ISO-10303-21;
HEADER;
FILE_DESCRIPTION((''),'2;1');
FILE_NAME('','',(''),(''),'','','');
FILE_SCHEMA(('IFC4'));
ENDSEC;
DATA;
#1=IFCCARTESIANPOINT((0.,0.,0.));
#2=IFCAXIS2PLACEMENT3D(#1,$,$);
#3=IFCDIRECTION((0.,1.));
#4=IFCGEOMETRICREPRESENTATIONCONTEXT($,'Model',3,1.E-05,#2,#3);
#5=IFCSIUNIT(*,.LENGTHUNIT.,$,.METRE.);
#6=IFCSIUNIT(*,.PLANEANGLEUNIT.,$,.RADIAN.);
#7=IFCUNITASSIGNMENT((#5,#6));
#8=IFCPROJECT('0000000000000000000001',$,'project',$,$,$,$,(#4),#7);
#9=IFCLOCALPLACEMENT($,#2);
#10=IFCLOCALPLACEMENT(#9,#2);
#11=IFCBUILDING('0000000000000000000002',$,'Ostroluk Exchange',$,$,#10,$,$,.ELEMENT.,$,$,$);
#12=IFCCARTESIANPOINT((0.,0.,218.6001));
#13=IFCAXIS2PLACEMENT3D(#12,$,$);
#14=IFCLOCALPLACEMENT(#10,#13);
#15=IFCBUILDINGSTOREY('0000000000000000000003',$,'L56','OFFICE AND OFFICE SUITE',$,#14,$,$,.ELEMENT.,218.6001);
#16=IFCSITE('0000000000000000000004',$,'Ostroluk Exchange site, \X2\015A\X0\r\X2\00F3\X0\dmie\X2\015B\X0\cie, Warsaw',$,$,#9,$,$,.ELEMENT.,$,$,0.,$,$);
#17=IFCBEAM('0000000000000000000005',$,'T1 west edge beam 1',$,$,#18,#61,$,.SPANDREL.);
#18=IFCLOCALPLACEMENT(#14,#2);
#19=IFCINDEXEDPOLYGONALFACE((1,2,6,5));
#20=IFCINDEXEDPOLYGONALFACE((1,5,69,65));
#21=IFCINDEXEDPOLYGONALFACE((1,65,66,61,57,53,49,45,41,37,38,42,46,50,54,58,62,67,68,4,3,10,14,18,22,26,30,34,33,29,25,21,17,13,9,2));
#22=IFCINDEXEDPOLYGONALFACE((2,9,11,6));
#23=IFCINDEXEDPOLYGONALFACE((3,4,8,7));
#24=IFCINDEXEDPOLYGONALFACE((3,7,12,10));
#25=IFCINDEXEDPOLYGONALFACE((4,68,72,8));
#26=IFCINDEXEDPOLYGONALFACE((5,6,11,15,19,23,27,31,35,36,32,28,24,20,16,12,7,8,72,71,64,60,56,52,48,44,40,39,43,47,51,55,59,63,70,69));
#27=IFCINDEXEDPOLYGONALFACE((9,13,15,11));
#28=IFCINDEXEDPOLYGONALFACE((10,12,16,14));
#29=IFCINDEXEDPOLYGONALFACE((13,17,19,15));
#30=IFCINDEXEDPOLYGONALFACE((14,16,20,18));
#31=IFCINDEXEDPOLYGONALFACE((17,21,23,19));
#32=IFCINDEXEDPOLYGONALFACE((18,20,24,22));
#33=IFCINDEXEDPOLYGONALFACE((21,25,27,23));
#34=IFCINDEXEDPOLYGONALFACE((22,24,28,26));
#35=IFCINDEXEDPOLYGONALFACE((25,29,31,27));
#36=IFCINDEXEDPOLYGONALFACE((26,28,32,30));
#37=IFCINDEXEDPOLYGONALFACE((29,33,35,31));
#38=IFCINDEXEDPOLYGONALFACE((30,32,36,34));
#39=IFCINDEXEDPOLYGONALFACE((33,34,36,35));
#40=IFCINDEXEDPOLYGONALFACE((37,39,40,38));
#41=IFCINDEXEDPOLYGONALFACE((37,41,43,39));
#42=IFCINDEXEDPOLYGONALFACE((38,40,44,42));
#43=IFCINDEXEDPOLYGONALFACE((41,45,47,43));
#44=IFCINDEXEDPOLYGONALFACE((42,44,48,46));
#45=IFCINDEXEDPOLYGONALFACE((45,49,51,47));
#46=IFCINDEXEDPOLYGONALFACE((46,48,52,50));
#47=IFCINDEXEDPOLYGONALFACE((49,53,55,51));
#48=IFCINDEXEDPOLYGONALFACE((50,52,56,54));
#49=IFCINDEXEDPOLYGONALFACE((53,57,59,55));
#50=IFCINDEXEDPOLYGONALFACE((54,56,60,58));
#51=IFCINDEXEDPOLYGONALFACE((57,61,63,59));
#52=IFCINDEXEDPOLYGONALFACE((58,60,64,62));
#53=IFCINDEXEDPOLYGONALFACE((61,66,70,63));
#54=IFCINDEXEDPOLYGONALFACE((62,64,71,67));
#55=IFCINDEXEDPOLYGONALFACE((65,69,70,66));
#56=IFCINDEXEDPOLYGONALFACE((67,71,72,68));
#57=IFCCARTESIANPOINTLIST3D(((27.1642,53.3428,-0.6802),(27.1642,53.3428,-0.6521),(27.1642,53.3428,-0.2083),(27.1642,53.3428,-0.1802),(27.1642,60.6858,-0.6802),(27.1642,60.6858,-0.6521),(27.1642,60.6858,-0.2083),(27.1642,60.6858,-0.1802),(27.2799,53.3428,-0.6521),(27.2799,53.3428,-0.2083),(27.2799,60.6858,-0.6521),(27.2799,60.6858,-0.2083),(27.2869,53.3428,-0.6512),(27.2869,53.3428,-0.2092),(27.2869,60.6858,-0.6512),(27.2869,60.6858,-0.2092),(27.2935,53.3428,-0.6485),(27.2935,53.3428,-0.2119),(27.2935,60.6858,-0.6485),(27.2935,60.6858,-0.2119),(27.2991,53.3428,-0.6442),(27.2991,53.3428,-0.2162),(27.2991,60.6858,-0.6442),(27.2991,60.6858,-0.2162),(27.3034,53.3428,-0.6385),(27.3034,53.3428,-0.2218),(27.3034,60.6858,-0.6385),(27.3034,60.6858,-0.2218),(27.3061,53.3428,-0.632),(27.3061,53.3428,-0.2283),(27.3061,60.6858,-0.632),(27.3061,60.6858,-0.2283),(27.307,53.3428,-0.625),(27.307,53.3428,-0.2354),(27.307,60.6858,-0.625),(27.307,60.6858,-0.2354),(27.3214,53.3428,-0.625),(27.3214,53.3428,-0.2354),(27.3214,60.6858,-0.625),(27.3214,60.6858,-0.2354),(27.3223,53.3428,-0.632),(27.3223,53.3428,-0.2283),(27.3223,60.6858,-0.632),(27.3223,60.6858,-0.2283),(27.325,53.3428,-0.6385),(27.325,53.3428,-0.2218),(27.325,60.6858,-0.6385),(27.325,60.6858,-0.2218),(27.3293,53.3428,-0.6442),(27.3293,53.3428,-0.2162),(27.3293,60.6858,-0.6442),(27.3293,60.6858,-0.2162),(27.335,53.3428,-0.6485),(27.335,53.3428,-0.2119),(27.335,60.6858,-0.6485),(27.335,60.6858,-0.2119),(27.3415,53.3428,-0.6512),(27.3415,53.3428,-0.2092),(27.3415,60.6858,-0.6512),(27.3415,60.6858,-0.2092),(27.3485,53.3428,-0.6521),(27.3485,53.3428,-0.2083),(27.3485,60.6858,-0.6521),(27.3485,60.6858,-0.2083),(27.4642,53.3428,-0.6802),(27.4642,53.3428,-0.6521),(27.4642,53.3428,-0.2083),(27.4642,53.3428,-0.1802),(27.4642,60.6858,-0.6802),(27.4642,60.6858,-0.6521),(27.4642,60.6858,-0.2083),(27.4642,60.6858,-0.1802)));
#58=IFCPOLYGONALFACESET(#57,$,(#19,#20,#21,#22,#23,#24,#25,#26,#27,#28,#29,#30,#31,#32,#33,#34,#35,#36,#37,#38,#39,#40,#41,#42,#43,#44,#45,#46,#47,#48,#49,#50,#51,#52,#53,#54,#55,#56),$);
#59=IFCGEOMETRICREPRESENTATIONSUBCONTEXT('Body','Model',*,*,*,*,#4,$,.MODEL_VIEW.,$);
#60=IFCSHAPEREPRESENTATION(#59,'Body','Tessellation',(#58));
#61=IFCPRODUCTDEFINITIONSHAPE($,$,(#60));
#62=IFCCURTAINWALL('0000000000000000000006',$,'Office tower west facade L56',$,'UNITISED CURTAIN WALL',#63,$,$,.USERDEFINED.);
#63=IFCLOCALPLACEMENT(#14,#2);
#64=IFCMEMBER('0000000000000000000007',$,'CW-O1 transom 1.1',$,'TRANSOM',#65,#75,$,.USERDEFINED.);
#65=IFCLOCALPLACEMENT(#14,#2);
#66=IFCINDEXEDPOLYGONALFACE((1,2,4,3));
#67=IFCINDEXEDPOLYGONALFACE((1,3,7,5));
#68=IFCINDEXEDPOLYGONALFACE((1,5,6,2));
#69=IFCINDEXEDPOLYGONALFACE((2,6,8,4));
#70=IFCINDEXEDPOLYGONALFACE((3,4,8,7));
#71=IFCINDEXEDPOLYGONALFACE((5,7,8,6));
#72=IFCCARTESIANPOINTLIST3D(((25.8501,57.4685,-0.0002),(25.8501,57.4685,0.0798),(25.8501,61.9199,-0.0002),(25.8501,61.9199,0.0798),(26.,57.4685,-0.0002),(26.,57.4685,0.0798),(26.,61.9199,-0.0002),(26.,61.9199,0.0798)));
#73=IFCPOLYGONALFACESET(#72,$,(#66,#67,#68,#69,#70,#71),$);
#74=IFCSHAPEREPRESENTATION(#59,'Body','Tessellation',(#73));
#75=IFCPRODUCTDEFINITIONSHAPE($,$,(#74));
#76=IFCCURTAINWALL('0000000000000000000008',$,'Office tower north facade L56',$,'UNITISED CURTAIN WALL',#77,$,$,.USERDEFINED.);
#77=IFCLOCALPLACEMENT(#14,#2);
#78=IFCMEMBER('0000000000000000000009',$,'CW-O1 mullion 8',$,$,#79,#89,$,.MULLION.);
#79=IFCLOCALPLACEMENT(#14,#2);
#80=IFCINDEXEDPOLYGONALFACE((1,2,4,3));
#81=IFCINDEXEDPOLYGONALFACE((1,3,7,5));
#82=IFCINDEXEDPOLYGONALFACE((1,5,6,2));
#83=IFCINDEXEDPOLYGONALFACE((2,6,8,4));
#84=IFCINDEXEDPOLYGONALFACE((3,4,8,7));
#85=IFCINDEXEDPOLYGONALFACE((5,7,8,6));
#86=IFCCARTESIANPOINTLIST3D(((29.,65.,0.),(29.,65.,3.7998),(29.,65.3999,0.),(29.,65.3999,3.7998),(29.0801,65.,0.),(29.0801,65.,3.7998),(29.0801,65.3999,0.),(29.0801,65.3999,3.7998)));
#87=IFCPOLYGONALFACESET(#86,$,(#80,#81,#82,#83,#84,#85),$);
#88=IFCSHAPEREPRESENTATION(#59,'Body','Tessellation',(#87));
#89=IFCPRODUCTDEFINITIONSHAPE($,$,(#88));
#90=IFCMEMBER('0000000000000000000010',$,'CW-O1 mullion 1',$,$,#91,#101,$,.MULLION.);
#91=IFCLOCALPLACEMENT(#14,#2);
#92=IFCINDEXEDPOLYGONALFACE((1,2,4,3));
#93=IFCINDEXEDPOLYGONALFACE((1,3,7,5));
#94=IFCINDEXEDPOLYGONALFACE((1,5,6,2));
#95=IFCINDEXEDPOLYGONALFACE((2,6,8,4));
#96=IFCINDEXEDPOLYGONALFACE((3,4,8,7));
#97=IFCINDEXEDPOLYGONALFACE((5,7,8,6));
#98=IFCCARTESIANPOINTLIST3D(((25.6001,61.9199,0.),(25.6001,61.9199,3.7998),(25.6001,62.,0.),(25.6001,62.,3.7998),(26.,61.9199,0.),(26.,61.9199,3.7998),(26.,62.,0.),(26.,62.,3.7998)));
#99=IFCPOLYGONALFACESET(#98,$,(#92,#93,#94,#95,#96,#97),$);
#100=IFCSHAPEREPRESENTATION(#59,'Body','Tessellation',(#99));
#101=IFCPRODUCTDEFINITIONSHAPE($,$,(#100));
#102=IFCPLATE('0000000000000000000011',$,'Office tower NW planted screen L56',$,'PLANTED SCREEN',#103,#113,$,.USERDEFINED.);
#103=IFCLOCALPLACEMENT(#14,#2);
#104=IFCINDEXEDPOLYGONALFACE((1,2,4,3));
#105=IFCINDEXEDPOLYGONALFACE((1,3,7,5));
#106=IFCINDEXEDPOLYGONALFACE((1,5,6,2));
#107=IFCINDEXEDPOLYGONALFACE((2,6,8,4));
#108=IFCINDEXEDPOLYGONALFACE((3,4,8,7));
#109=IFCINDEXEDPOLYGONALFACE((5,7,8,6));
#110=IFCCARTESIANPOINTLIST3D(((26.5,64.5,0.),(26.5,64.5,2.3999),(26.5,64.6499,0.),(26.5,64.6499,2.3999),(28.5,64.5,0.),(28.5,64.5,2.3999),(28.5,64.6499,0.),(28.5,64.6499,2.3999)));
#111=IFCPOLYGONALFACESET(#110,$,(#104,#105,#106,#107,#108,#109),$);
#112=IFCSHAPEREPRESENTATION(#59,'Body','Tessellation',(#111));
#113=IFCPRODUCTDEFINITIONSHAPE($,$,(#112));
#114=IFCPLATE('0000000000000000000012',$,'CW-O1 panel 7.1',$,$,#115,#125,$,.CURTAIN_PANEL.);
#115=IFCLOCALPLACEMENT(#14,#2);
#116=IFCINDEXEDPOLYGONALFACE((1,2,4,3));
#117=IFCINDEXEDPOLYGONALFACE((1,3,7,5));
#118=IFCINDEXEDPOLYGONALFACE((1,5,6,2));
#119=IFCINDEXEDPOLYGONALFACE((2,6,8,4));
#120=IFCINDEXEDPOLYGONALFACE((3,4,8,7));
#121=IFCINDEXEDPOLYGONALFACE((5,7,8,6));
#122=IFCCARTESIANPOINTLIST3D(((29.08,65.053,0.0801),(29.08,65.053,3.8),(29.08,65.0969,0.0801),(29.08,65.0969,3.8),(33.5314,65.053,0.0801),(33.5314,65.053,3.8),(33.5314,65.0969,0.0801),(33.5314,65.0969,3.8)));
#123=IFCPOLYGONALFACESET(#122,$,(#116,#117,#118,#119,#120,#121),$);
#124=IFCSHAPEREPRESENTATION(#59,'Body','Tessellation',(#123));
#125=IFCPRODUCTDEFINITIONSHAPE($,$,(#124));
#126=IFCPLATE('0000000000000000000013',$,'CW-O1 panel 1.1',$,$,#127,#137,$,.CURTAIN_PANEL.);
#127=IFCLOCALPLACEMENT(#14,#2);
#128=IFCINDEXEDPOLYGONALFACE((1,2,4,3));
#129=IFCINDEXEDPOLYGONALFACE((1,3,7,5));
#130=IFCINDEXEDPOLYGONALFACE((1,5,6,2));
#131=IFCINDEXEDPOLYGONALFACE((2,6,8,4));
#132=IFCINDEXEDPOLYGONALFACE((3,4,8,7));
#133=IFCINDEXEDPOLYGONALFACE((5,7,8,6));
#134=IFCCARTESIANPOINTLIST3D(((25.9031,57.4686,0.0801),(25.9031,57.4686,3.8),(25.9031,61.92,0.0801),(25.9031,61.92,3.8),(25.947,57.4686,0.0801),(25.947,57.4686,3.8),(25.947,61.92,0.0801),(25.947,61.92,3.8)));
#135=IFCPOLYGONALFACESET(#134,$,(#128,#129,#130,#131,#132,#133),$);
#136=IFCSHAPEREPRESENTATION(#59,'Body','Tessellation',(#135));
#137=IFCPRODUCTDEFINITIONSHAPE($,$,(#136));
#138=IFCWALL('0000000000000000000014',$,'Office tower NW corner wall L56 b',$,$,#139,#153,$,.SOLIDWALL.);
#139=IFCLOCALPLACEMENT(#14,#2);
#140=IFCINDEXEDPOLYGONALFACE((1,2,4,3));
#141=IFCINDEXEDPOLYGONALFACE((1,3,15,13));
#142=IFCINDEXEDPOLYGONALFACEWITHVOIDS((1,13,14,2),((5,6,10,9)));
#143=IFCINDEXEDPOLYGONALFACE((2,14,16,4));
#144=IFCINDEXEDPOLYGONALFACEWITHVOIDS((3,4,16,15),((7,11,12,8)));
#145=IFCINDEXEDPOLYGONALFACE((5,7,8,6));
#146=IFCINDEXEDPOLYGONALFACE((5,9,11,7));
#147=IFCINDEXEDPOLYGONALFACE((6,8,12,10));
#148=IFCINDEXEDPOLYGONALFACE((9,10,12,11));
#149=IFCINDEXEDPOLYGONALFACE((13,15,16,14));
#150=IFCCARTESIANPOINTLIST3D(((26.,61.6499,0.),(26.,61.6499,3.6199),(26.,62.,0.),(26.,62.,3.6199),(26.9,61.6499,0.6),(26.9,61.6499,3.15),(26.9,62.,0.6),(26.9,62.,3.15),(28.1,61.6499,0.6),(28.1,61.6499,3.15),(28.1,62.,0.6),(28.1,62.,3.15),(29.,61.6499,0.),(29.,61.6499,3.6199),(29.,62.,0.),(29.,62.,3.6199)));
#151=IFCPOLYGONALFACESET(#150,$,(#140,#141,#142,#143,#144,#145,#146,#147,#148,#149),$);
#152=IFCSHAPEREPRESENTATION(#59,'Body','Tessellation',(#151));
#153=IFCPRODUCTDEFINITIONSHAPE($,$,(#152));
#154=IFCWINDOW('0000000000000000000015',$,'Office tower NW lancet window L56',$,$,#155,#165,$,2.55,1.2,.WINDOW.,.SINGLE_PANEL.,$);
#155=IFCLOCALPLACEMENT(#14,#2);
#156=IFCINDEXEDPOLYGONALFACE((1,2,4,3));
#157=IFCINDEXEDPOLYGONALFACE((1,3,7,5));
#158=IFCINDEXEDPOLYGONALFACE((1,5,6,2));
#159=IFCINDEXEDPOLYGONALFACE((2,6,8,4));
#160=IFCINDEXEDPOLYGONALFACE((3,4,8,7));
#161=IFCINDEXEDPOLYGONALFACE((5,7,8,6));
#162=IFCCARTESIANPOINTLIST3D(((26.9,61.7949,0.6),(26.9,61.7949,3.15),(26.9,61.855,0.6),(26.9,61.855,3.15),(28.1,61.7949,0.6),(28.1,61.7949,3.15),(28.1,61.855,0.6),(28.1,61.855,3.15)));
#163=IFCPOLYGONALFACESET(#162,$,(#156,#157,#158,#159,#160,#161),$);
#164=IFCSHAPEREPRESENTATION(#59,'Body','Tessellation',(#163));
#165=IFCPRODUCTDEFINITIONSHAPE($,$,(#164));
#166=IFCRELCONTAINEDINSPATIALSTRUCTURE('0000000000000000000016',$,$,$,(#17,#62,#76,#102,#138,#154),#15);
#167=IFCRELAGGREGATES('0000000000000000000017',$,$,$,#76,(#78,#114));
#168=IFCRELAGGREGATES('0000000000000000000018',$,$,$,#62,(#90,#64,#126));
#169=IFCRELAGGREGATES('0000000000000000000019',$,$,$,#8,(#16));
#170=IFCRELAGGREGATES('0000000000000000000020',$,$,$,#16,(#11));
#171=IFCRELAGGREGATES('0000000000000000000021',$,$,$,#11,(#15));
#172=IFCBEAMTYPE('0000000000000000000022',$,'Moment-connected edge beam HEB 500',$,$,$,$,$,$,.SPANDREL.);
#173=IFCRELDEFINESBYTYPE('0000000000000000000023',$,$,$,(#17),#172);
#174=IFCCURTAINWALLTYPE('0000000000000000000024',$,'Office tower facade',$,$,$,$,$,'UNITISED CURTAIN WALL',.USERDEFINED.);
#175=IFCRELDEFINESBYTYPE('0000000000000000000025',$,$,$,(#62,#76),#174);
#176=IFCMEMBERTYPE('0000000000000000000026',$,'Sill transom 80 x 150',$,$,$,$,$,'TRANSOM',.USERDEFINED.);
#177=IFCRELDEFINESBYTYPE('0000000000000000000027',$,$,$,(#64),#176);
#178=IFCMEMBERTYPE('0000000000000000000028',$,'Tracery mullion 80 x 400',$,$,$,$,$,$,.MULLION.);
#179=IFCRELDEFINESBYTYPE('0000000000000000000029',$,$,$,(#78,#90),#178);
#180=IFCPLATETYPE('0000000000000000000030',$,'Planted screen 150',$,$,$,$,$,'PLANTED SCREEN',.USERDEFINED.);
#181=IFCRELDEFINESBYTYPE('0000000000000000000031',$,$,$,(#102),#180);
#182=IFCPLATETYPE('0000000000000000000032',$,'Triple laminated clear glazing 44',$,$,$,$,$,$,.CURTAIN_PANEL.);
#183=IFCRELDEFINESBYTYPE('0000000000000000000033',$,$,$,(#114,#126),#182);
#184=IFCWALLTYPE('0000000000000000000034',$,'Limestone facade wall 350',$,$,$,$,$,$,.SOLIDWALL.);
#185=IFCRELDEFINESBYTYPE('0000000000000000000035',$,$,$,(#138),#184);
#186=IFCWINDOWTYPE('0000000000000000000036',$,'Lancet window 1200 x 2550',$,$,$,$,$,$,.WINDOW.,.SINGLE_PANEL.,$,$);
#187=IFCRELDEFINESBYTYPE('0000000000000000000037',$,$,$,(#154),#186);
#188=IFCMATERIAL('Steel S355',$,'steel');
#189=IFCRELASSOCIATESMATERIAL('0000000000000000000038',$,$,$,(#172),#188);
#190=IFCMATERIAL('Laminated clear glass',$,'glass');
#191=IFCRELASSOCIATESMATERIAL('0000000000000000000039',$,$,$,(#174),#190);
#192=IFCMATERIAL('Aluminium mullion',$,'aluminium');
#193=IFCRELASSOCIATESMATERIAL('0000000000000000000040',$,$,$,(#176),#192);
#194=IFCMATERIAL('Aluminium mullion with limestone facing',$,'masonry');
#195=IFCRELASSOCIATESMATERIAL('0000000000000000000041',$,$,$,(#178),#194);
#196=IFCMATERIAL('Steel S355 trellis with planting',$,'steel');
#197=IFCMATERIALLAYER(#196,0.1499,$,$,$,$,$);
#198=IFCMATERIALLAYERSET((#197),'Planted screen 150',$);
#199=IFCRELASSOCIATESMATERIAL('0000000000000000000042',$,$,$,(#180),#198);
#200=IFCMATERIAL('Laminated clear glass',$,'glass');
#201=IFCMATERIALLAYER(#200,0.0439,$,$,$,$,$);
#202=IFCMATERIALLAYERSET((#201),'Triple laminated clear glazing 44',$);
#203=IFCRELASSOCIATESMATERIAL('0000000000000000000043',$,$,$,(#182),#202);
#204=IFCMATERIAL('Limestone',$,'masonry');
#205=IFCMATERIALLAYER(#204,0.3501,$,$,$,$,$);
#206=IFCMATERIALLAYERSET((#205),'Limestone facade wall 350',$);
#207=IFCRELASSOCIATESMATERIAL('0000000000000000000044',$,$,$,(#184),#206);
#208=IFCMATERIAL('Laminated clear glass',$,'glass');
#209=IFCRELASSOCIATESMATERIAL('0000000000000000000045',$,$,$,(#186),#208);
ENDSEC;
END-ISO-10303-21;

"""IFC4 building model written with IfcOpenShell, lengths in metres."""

from ifc_helpers import new_model, si_unit, direction, frame, frame_2d, origin, origin_2d, place, context, subcontext, project, spatial, rectangle, i_section, extrude, material, layer, layer_set, material_profile, profile_set, type_object, element, fill, aggregate, save


model = new_model("IFC4")

# Units and contexts
model_context = context("Model", 3, precision=1e-05, world=origin(), true_north=direction((0.0, 1.0)))
body_context = subcontext(model_context, "Body", "Model", "MODEL_VIEW")
ifc_project = project(units=[si_unit("LENGTHUNIT", "METRE"), si_unit("PLANEANGLEUNIT", "RADIAN")], contexts=[model_context])

# Site, building, storey
site_placement = place(None, origin())
site = spatial("IfcSite", under=ifc_project, at=site_placement, Name="Ostroluk Exchange site, Śródmieście, Warsaw", CompositionType="ELEMENT", RefElevation=0.0)
building_placement = place(site_placement, origin())
building = spatial("IfcBuilding", under=site, at=building_placement, Name="Ostroluk Exchange", CompositionType="ELEMENT")
storey_placement = place(building_placement, frame((0.0, 0.0, 218.6001)))
storey = spatial("IfcBuildingStorey", under=building, at=storey_placement, Name="L56", Description="OFFICE AND OFFICE SUITE", CompositionType="ELEMENT", Elevation=218.6001)

# Beam
ifc_material_1 = material(Name="Steel S355", Category="steel")
ifc_material_profile_1 = material_profile(ifc_material_1, i_section(OverallWidth=0.3, OverallDepth=0.5, WebThickness=0.0144, FlangeThickness=0.0281, FilletRadius=0.0271, at=origin_2d()), Name="HEB 500")
ifc_profile_set_1 = profile_set([ifc_material_profile_1], Name="Steel S355")
beam_type_1 = type_object("IfcBeamType", Name="Moment-connected edge beam HEB 500", PredefinedType="SPANDREL", material=ifc_profile_set_1)
beam_1_placement = place(storey_placement, frame((27.3142, 60.6858, -0.4302), z_axis=(0.0, -1.0, 0.0), x_axis=(1.0, 0.0, 0.0)))
element("IfcBeam", 1, at=beam_1_placement, inside=storey, type_object=beam_type_1, Name="T1 west edge beam 1", PredefinedType="SPANDREL", context=body_context, shape_type="SweptSolid", body=[
    extrude(i_section(OverallWidth=0.3, OverallDepth=0.5, WebThickness=0.0144, FlangeThickness=0.0281, FilletRadius=0.0271, at=origin_2d()), origin(), (0.0, 0.0, 1.0), 7.343),
])

# Curtain walls, members
ifc_material_2 = material(Name="Laminated clear glass", Category="glass")
curtain_wall_type = type_object("IfcCurtainWallType", Name="Office tower facade", ElementType="UNITISED CURTAIN WALL", PredefinedType="USERDEFINED", material=ifc_material_2)
curtain_wall_1_placement = place(storey_placement, origin())
curtain_wall_1 = element("IfcCurtainWall", 2, at=curtain_wall_1_placement, inside=storey, type_object=curtain_wall_type, Name="Office tower west facade L56", ObjectType="UNITISED CURTAIN WALL", PredefinedType="USERDEFINED")
ifc_material_3 = material(Name="Aluminium mullion", Category="aluminium")
ifc_material_profile_2 = material_profile(ifc_material_3, rectangle(XDim=0.1499, YDim=0.0801, at=origin_2d()), Name="Sill transom 80 x 150")
ifc_profile_set_2 = profile_set([ifc_material_profile_2], Name="Aluminium mullion")
member_type_1 = type_object("IfcMemberType", Name="Sill transom 80 x 150", ElementType="TRANSOM", PredefinedType="USERDEFINED", material=ifc_profile_set_2)
member_1_placement = place(storey_placement, frame((25.925, 61.9199, 0.0398), z_axis=(0.0, -1.0, 0.0), x_axis=(1.0, 0.0, 0.0)))
member_1 = element("IfcMember", 3, at=member_1_placement, type_object=member_type_1, Name="CW-O1 transom 1.1", ObjectType="TRANSOM", PredefinedType="USERDEFINED", context=body_context, shape_type="SweptSolid", body=[
    extrude(rectangle(XDim=0.1499, YDim=0.0801, at=origin_2d()), origin(), (0.0, 0.0, 1.0), 4.4514),
])
curtain_wall_2_placement = place(storey_placement, origin())
curtain_wall_2 = element("IfcCurtainWall", 4, at=curtain_wall_2_placement, inside=storey, type_object=curtain_wall_type, Name="Office tower north facade L56", ObjectType="UNITISED CURTAIN WALL", PredefinedType="USERDEFINED")
ifc_material_4 = material(Name="Aluminium mullion with limestone facing", Category="masonry")
ifc_material_profile_3 = material_profile(ifc_material_4, rectangle(XDim=0.3999, YDim=0.0801, at=origin_2d()), Name="Tracery mullion 80 x 400")
ifc_profile_set_3 = profile_set([ifc_material_profile_3], Name="Aluminium mullion with limestone facing")
member_type_2 = type_object("IfcMemberType", Name="Tracery mullion 80 x 400", PredefinedType="MULLION", material=ifc_profile_set_3)
member_2_placement = place(storey_placement, frame((29.04, 65.2, 0.0), z_axis=(0.0, 0.0, 1.0), x_axis=(0.0, -1.0, 0.0)))
member_2 = element("IfcMember", 5, at=member_2_placement, type_object=member_type_2, Name="CW-O1 mullion 8", PredefinedType="MULLION", context=body_context, shape_type="SweptSolid", body=[
    extrude(rectangle(XDim=0.3999, YDim=0.0801, at=origin_2d()), origin(), (0.0, 0.0, 1.0), 3.7998),
])

# Member
member_3_placement = place(storey_placement, frame((25.8, 61.96, 0.0), z_axis=(0.0, 0.0, 1.0), x_axis=(1.0, 0.0, 0.0)))
member_3 = element("IfcMember", 6, at=member_3_placement, type_object=member_type_2, Name="CW-O1 mullion 1", PredefinedType="MULLION", context=body_context, shape_type="SweptSolid", body=[
    extrude(rectangle(XDim=0.3999, YDim=0.0801, at=origin_2d()), origin(), (0.0, 0.0, 1.0), 3.7998),
])

# Plates
ifc_material_5 = material(Name="Steel S355 trellis with planting", Category="steel")
ifc_layer_1 = layer(ifc_material_5, 0.1499)
ifc_layer_set_1 = layer_set([ifc_layer_1], Name="Planted screen 150")
plate_type_1 = type_object("IfcPlateType", Name="Planted screen 150", ElementType="PLANTED SCREEN", PredefinedType="USERDEFINED", material=ifc_layer_set_1)
plate_1_placement = place(storey_placement, frame((27.5, 64.575, 0.0), z_axis=(0.0, 0.0, 1.0), x_axis=(1.0, 0.0, 0.0)))
element("IfcPlate", 7, at=plate_1_placement, inside=storey, type_object=plate_type_1, Name="Office tower NW planted screen L56", ObjectType="PLANTED SCREEN", PredefinedType="USERDEFINED", context=body_context, shape_type="SweptSolid", body=[
    extrude(rectangle(XDim=2.0, YDim=0.1499, at=origin_2d()), origin(), (0.0, 0.0, 1.0), 2.3999),
])
ifc_material_6 = material(Name="Laminated clear glass", Category="glass")
ifc_layer_2 = layer(ifc_material_6, 0.0439)
ifc_layer_set_2 = layer_set([ifc_layer_2], Name="Triple laminated clear glazing 44")
plate_type_2 = type_object("IfcPlateType", Name="Triple laminated clear glazing 44", PredefinedType="CURTAIN_PANEL", material=ifc_layer_set_2)
plate_2_placement = place(storey_placement, frame((31.3057, 65.075, 0.0801), z_axis=(0.0, 0.0, 1.0), x_axis=(-1.0, 0.0, 0.0)))
plate_2 = element("IfcPlate", 8, at=plate_2_placement, type_object=plate_type_2, Name="CW-O1 panel 7.1", PredefinedType="CURTAIN_PANEL", context=body_context, shape_type="SweptSolid", body=[
    extrude(rectangle(XDim=4.4514, YDim=0.0439, at=origin_2d()), origin(), (0.0, 0.0, 1.0), 3.72),
])
aggregate(curtain_wall_2, [member_2, plate_2])
plate_3_placement = place(storey_placement, frame((25.925, 59.6943, 0.0801), z_axis=(0.0, 0.0, 1.0), x_axis=(0.0, -1.0, 0.0)))
plate_3 = element("IfcPlate", 9, at=plate_3_placement, type_object=plate_type_2, Name="CW-O1 panel 1.1", PredefinedType="CURTAIN_PANEL", context=body_context, shape_type="SweptSolid", body=[
    extrude(rectangle(XDim=4.4514, YDim=0.0439, at=origin_2d()), origin(), (0.0, 0.0, 1.0), 3.72),
])
aggregate(curtain_wall_1, [member_3, member_1, plate_3])

# Shared definitions
ifc_material_7 = material(Name="Limestone", Category="masonry")
ifc_layer_3 = layer(ifc_material_7, 0.3501)
ifc_layer_set_3 = layer_set([ifc_layer_3], Name="Limestone facade wall 350")
wall_type = type_object("IfcWallType", Name="Limestone facade wall 350", PredefinedType="SOLIDWALL", material=ifc_layer_set_3)

# Wall, opening, window
wall_1_placement = place(storey_placement, frame((29.0, 61.825, 0.0), z_axis=(0.0, 0.0, 1.0), x_axis=(-1.0, 0.0, 0.0)))
wall_1 = element("IfcWall", 10, at=wall_1_placement, inside=storey, type_object=wall_type, Name="Office tower NW corner wall L56 b", PredefinedType="SOLIDWALL", context=body_context, shape_type="SweptSolid", body=[
    extrude(rectangle(XDim=3.0, YDim=0.3501, at=frame_2d((1.5, 0.0))), origin(), (0.0, 0.0, 1.0), 3.6199),
])
opening_1_placement = place(wall_1_placement, frame((0.8999, 0.0, 0.6001)))
opening_1 = element("IfcOpeningElement", 11, at=opening_1_placement, cuts=wall_1, PredefinedType="OPENING", context=body_context, shape_type="SweptSolid", body=[
    extrude(rectangle(XDim=1.2, YDim=2.55, at=frame_2d((0.6001, 1.2749))), frame((0.0, 0.1851, 0.0), z_axis=(0.0, -1.0, 0.0), x_axis=(1.0, 0.0, 0.0)), (0.0, 0.0, 1.0), 0.3701),
])
ifc_material_8 = material(Name="Laminated clear glass", Category="glass")
window_type = type_object("IfcWindowType", Name="Lancet window 1200 x 2550", PartitioningType="SINGLE_PANEL", PredefinedType="WINDOW", material=ifc_material_8)
window_placement = place(opening_1_placement, origin())
window = element("IfcWindow", 12, at=window_placement, inside=storey, type_object=window_type, Name="Office tower NW lancet window L56", OverallHeight=2.55, OverallWidth=1.2, PartitioningType="SINGLE_PANEL", PredefinedType="WINDOW", context=body_context, shape_type="SweptSolid", body=[
    extrude(rectangle(XDim=1.2, YDim=2.55, at=frame_2d((0.6001, 1.2749))), frame((0.0, 0.03, 0.0), z_axis=(0.0, -1.0, 0.0), x_axis=(1.0, 0.0, 0.0)), (0.0, 0.0, 1.0), 0.0601),
])
fill(opening_1, window)

save(model, "model.ifc")
